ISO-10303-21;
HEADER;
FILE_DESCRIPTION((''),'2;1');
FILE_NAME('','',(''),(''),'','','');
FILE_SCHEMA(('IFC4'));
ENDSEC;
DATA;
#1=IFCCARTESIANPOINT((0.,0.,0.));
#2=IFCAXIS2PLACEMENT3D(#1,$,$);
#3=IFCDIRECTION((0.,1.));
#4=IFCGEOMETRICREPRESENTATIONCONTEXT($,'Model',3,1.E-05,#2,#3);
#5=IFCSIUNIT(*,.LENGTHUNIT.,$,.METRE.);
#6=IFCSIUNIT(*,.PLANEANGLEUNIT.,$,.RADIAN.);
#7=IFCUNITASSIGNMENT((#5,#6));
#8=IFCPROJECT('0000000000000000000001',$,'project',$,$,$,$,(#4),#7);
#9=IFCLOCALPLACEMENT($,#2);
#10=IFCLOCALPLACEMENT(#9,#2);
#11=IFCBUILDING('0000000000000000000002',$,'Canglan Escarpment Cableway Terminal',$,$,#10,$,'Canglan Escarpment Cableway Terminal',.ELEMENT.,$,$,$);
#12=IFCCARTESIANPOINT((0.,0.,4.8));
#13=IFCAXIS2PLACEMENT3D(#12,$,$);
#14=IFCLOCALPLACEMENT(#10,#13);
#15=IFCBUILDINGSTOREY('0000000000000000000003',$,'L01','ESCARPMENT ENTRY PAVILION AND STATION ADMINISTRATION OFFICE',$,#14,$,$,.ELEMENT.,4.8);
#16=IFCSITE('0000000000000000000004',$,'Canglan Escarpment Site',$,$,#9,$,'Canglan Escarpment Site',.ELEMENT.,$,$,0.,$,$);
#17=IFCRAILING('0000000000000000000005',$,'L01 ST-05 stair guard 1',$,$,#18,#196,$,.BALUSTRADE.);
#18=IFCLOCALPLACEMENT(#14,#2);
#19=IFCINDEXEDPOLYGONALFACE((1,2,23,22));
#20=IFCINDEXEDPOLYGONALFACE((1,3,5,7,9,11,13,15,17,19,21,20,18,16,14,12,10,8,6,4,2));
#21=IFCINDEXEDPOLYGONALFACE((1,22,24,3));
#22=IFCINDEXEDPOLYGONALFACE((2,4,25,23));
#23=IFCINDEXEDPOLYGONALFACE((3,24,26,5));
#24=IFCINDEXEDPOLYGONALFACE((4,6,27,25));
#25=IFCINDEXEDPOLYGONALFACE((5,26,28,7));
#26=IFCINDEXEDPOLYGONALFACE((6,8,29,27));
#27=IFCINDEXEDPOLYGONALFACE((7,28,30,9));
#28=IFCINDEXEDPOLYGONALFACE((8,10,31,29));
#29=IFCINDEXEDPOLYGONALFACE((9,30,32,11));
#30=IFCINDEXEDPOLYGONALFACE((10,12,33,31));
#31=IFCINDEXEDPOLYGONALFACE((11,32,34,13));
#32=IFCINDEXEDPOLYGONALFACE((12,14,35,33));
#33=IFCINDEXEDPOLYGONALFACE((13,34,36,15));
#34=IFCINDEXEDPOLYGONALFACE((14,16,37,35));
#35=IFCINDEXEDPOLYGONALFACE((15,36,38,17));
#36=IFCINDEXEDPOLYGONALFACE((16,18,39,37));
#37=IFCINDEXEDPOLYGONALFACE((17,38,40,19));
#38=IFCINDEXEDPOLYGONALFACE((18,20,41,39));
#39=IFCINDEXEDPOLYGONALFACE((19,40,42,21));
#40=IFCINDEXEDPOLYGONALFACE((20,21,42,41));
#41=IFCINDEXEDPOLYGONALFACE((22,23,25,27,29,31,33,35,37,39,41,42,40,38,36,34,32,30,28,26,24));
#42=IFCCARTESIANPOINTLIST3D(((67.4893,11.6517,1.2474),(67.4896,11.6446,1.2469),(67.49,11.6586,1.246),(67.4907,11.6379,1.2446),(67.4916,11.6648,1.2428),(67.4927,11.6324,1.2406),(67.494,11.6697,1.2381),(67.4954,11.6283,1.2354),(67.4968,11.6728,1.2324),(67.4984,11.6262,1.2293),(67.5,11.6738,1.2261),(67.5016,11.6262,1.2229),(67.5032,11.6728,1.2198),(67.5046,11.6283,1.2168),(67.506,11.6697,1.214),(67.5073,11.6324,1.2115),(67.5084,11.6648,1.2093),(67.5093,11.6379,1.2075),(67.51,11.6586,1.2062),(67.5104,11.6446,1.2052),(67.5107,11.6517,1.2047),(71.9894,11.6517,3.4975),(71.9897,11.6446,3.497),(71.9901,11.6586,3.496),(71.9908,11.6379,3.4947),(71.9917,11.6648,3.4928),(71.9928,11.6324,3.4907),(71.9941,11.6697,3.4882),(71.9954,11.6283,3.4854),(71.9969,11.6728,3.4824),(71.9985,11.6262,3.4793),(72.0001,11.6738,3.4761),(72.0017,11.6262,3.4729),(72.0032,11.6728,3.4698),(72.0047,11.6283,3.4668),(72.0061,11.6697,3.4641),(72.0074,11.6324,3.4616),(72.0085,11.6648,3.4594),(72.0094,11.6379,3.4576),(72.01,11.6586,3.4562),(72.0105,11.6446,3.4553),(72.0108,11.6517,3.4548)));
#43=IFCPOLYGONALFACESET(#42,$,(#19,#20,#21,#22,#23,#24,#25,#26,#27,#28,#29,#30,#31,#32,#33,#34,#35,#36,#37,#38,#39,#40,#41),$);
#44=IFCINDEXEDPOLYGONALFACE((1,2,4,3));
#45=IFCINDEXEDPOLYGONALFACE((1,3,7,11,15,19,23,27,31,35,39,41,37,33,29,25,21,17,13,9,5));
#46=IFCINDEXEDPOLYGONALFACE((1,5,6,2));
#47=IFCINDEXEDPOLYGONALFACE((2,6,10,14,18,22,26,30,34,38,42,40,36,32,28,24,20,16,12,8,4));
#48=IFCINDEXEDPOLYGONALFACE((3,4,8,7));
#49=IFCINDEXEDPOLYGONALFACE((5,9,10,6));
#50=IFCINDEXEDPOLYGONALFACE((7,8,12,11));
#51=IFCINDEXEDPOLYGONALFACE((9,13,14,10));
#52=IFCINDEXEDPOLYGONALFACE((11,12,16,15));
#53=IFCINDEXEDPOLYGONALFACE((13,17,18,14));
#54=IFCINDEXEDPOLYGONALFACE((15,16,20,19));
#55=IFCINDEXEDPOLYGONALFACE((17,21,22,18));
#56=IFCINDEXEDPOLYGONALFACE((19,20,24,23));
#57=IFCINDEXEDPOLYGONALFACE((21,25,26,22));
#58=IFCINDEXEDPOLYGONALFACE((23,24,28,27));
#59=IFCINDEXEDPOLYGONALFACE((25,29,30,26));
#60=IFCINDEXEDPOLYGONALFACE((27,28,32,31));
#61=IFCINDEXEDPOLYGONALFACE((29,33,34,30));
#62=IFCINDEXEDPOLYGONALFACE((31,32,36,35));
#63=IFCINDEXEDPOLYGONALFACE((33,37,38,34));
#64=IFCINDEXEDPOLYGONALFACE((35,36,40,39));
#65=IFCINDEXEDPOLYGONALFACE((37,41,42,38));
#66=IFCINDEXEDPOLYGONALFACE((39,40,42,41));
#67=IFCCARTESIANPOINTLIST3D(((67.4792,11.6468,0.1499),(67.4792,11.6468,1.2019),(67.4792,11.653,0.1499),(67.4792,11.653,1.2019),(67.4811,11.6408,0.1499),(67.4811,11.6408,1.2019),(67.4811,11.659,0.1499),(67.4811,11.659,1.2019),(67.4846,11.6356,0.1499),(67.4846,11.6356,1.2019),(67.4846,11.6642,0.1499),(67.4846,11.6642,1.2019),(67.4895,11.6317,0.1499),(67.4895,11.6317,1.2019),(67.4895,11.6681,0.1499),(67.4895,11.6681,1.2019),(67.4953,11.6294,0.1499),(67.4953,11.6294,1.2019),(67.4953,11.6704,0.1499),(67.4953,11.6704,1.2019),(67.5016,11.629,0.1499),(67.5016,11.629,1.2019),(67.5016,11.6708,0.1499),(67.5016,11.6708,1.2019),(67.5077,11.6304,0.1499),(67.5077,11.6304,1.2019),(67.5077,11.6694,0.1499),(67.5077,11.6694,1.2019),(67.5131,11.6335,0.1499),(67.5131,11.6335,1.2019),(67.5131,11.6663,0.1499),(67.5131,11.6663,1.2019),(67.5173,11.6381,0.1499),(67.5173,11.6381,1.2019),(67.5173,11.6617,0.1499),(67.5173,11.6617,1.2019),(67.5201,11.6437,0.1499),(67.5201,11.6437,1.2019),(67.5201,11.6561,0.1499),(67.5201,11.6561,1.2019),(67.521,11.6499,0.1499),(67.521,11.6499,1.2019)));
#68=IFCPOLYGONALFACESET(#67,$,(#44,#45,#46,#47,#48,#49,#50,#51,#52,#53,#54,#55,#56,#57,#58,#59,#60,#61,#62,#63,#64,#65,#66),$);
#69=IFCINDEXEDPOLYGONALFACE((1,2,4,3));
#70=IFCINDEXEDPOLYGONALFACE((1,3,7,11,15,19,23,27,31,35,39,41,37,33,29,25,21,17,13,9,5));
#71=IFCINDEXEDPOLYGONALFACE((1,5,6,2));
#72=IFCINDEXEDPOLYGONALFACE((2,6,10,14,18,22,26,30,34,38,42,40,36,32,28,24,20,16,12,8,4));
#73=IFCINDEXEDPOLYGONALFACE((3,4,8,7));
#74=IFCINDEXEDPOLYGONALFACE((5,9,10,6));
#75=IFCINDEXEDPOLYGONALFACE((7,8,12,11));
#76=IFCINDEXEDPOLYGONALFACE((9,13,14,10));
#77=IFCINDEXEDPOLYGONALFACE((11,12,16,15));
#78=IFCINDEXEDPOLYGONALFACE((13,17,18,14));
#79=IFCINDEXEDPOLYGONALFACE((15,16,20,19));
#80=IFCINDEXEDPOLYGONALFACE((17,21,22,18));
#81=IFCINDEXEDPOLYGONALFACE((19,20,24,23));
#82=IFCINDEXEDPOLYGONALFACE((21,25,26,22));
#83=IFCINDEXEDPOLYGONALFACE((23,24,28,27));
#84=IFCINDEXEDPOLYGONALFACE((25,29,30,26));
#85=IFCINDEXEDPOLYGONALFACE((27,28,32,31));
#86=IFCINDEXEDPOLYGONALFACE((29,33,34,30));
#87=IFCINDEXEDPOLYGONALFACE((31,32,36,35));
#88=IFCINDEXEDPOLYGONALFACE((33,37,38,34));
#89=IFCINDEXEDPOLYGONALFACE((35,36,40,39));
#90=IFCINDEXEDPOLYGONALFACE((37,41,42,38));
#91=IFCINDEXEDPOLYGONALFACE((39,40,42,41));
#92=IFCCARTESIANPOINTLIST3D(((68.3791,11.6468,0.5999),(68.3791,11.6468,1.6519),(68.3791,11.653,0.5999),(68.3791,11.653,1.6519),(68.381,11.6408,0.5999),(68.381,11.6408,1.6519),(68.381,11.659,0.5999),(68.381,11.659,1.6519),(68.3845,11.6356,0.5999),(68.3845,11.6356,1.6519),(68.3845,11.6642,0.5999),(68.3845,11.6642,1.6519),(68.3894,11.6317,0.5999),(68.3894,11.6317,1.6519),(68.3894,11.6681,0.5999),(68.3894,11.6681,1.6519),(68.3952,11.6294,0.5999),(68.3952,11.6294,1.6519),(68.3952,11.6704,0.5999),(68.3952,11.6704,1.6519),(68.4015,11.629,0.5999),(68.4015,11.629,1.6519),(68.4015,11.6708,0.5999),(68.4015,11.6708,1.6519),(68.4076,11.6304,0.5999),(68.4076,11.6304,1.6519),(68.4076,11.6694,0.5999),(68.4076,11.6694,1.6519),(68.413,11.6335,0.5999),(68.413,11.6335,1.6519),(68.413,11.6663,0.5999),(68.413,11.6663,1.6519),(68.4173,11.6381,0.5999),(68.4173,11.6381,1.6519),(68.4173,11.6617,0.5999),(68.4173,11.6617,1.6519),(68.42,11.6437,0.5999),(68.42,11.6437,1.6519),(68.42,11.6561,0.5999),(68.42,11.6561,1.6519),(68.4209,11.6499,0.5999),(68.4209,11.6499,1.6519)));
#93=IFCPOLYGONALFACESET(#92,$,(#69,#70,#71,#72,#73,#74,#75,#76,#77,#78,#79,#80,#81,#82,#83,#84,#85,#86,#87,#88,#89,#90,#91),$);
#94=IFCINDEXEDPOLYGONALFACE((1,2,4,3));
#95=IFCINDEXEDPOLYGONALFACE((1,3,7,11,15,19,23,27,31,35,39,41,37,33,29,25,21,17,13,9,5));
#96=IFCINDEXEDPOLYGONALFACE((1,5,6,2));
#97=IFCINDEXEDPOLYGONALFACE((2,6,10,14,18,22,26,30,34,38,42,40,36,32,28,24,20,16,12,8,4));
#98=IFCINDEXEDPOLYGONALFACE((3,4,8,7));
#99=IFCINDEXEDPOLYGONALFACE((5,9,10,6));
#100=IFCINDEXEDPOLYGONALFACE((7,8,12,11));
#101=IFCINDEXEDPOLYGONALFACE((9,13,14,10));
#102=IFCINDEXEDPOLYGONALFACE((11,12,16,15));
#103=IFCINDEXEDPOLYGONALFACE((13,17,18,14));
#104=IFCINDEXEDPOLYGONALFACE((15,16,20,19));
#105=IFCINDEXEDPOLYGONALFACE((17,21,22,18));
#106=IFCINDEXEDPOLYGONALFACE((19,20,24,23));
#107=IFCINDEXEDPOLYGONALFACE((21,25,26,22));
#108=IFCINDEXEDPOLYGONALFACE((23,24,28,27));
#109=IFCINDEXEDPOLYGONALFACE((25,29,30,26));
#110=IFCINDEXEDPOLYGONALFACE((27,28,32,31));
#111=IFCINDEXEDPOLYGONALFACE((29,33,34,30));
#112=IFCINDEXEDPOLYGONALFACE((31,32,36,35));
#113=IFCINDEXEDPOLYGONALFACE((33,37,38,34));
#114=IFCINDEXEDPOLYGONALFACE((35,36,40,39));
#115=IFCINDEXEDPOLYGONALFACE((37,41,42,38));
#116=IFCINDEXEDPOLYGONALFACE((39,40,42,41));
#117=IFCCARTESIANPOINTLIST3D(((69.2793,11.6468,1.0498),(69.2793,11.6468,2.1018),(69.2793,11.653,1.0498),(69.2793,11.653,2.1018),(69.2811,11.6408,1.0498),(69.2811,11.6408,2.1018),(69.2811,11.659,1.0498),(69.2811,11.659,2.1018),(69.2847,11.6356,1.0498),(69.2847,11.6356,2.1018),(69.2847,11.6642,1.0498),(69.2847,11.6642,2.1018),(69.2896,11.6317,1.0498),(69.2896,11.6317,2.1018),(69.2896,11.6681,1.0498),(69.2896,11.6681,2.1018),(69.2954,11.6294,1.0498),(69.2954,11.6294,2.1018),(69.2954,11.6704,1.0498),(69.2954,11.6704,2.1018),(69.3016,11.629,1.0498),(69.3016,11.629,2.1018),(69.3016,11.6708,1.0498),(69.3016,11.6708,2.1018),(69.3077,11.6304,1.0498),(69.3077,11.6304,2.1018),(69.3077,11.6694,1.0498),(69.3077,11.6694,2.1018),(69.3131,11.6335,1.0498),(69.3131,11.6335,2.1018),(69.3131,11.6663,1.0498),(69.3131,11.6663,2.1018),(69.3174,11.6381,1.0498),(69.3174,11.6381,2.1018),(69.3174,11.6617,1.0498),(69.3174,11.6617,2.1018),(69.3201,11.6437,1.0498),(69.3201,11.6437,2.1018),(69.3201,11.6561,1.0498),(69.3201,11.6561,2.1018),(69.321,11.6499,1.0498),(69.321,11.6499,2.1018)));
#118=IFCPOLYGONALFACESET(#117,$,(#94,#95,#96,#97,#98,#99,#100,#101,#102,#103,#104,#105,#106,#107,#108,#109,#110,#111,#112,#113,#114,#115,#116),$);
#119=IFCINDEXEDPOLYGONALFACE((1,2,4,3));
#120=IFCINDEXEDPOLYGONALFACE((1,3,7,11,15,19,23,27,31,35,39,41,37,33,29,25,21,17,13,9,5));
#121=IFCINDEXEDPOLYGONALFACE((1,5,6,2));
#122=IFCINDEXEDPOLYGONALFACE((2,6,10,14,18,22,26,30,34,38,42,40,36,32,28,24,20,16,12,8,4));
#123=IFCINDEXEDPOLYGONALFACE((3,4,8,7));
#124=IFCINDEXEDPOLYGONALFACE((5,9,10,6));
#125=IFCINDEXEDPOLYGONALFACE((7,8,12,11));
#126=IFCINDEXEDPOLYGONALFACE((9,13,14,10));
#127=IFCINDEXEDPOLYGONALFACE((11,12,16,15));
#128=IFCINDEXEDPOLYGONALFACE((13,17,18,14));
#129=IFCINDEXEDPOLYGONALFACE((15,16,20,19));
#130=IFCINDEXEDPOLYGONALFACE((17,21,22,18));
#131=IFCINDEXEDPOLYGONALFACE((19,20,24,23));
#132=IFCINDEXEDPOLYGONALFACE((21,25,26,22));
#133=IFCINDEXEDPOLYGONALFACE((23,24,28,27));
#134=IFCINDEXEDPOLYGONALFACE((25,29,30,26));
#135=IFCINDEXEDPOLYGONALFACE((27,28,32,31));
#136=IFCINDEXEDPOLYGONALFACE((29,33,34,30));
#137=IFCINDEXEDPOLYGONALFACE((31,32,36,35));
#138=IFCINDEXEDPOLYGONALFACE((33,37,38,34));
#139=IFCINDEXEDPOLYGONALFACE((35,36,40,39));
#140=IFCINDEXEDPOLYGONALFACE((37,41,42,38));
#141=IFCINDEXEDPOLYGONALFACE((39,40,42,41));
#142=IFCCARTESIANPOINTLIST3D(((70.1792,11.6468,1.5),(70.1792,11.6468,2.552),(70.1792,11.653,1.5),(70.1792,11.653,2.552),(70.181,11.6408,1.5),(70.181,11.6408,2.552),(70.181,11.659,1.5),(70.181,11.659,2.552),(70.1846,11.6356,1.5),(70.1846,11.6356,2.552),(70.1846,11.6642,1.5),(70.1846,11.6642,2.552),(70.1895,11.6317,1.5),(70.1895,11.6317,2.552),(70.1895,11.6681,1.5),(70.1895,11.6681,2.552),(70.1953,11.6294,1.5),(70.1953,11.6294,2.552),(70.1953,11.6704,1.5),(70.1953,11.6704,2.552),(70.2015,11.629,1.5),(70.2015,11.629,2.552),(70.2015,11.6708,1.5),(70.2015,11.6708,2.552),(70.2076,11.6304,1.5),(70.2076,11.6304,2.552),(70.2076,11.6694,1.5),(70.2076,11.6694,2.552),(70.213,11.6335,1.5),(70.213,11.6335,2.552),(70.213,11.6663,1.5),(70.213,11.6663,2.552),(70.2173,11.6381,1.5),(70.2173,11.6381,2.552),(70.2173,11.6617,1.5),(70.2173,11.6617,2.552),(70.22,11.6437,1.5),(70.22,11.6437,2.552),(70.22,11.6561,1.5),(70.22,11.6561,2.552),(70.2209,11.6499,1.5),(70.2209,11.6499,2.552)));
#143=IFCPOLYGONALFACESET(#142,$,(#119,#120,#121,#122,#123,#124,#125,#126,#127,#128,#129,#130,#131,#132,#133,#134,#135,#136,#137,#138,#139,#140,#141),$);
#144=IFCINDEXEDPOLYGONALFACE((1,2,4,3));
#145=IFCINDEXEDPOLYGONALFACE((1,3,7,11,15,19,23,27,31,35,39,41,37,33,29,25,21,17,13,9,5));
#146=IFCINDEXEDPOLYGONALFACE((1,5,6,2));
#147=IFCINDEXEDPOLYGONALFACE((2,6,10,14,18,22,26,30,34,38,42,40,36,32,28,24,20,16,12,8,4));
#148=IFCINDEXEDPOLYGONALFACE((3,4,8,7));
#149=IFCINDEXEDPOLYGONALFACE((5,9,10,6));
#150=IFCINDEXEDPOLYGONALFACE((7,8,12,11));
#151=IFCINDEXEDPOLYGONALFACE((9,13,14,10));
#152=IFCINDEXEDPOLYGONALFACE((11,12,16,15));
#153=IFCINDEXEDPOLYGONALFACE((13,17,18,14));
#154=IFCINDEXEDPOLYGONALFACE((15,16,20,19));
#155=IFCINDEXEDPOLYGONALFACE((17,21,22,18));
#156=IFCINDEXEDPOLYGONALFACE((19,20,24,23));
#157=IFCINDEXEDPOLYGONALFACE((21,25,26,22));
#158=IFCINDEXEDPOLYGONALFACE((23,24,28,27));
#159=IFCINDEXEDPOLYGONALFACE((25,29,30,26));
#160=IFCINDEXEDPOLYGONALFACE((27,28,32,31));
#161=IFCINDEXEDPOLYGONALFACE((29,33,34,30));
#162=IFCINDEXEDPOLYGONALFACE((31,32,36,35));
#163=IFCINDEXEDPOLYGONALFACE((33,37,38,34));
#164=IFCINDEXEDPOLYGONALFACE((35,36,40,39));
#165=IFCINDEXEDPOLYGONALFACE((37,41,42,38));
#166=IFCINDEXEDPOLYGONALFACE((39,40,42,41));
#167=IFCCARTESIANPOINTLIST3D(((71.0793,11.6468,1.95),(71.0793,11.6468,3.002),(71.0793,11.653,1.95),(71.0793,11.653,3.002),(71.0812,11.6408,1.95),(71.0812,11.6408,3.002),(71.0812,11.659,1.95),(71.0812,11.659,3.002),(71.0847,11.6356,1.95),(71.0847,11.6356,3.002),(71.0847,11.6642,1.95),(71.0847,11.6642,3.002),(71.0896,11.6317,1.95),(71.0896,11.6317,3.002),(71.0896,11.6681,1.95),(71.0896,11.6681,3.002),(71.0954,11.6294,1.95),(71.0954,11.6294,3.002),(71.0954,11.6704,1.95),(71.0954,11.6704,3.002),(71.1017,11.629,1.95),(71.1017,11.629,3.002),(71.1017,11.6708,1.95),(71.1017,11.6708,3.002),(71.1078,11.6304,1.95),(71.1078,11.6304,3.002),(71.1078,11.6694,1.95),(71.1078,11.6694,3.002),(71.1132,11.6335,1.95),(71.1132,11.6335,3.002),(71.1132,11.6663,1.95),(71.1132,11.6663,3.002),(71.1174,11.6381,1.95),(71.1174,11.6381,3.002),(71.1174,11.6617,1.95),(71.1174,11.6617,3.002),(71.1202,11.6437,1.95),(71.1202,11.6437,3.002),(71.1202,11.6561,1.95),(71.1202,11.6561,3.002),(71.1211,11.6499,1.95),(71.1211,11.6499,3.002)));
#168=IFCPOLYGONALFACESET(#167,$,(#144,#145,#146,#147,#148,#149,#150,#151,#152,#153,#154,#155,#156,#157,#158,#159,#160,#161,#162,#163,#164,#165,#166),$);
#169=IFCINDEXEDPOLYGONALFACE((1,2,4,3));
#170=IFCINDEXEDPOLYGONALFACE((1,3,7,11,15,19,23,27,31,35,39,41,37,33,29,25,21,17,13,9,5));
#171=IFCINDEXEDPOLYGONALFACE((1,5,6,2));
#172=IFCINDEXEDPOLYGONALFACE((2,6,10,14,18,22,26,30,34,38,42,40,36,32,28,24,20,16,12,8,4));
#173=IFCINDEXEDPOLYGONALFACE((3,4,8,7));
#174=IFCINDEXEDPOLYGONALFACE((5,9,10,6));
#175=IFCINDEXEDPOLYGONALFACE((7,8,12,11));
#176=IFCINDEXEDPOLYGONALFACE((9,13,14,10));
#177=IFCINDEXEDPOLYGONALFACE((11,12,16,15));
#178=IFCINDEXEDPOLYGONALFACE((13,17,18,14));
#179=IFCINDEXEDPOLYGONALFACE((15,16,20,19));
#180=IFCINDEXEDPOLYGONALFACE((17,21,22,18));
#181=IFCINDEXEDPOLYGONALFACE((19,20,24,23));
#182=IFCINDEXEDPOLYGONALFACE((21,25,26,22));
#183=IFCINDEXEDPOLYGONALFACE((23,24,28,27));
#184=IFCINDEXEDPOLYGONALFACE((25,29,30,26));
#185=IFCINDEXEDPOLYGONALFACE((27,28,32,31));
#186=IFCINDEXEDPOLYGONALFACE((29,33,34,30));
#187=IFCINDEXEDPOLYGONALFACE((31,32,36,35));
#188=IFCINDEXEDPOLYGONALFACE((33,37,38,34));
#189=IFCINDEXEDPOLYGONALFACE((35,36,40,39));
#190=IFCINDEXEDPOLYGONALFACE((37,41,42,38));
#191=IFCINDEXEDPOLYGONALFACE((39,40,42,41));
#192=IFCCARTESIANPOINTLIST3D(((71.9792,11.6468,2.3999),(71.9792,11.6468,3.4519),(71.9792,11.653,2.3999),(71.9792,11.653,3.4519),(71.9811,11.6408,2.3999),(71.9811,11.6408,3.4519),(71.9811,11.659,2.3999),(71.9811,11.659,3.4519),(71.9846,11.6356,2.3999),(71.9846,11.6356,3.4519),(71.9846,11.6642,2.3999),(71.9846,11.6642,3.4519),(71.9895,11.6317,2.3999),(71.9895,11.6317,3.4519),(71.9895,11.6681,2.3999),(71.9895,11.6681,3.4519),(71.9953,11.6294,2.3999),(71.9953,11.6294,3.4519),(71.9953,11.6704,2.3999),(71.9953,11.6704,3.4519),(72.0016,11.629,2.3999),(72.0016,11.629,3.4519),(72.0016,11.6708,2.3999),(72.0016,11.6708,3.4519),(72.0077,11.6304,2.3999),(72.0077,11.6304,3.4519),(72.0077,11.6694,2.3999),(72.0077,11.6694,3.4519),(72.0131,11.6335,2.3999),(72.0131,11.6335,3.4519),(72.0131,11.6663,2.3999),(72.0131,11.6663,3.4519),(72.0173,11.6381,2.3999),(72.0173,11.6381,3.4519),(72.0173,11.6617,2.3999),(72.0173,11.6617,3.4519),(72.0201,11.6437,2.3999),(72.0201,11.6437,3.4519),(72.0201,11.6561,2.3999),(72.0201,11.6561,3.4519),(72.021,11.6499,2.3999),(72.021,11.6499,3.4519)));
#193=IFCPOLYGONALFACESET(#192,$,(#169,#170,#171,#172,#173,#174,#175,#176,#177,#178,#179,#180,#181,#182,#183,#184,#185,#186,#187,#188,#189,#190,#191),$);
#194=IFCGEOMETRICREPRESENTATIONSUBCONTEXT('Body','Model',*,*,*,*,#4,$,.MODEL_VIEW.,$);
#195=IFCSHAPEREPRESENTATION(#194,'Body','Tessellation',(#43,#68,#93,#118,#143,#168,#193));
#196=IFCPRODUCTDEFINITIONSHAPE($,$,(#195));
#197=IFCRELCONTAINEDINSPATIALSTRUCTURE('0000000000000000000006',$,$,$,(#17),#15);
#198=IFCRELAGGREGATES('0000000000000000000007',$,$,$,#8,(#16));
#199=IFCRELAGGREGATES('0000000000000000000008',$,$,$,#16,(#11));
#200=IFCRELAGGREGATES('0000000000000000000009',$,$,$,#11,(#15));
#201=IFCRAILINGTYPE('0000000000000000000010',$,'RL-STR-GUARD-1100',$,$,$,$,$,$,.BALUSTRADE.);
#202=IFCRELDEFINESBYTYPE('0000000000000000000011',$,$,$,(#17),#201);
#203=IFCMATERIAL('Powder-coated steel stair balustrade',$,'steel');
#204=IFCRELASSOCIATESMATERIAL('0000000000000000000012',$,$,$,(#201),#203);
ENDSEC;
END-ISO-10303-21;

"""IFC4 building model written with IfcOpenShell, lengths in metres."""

from ifc_helpers import new_model, si_unit, direction, frame, origin, origin_2d, place, context, subcontext, project, spatial, circle, extrude, material, type_object, element, save


model = new_model("IFC4")

# Units and contexts
model_context = context("Model", 3, precision=1e-05, world=origin(), true_north=direction((0.0, 1.0)))
body_context = subcontext(model_context, "Body", "Model", "MODEL_VIEW")
ifc_project = project(units=[si_unit("LENGTHUNIT", "METRE"), si_unit("PLANEANGLEUNIT", "RADIAN")], contexts=[model_context])

# Site, building, storey
site_placement = place(None, origin())
site = spatial("IfcSite", under=ifc_project, at=site_placement, Name="Canglan Escarpment Site", LongName="Canglan Escarpment Site", CompositionType="ELEMENT", RefElevation=0.0)
building_placement = place(site_placement, origin())
building = spatial("IfcBuilding", under=site, at=building_placement, Name="Canglan Escarpment Cableway Terminal", LongName="Canglan Escarpment Cableway Terminal", CompositionType="ELEMENT")
storey_placement = place(building_placement, frame((0.0, 0.0, 4.8)))
storey = spatial("IfcBuildingStorey", under=building, at=storey_placement, Name="L01", Description="ESCARPMENT ENTRY PAVILION AND STATION ADMINISTRATION OFFICE", CompositionType="ELEMENT", Elevation=4.8)

# Railing
ifc_material_1 = material(Name="Powder-coated steel stair balustrade", Category="steel")
railing_type_1 = type_object("IfcRailingType", Name="RL-STR-GUARD-1100", PredefinedType="BALUSTRADE", material=ifc_material_1)
railing_1_placement = place(storey_placement, frame((67.5, 11.6499, 0.1499)))
element("IfcRailing", 1, at=railing_1_placement, inside=storey, type_object=railing_type_1, Name="L01 ST-05 stair guard 1", PredefinedType="BALUSTRADE", context=body_context, shape_type="SweptSolid", body=[
    extrude(circle(Radius=0.0239, at=origin_2d()), frame((0.0, 0.0, 1.0762), z_axis=(0.894427, 0.0, 0.447214), x_axis=(0.0, 1.0, 0.0)), (0.0, 0.0, 1.0), 5.0312),
    extrude(circle(Radius=0.021, at=origin_2d()), origin(), (0.0, 0.0, 1.0), 1.052),
    extrude(circle(Radius=0.021, at=origin_2d()), frame((0.8999, 0.0, 0.45)), (0.0, 0.0, 1.0), 1.052),
    extrude(circle(Radius=0.021, at=origin_2d()), frame((1.8, 0.0, 0.8999)), (0.0, 0.0, 1.0), 1.052),
    extrude(circle(Radius=0.021, at=origin_2d()), frame((2.7, 0.0, 1.3501)), (0.0, 0.0, 1.0), 1.052),
    extrude(circle(Radius=0.021, at=origin_2d()), frame((3.6001, 0.0, 1.8)), (0.0, 0.0, 1.0), 1.052),
    extrude(circle(Radius=0.021, at=origin_2d()), frame((4.5, 0.0, 2.25)), (0.0, 0.0, 1.0), 1.052),
])

save(model, "model.ifc")
